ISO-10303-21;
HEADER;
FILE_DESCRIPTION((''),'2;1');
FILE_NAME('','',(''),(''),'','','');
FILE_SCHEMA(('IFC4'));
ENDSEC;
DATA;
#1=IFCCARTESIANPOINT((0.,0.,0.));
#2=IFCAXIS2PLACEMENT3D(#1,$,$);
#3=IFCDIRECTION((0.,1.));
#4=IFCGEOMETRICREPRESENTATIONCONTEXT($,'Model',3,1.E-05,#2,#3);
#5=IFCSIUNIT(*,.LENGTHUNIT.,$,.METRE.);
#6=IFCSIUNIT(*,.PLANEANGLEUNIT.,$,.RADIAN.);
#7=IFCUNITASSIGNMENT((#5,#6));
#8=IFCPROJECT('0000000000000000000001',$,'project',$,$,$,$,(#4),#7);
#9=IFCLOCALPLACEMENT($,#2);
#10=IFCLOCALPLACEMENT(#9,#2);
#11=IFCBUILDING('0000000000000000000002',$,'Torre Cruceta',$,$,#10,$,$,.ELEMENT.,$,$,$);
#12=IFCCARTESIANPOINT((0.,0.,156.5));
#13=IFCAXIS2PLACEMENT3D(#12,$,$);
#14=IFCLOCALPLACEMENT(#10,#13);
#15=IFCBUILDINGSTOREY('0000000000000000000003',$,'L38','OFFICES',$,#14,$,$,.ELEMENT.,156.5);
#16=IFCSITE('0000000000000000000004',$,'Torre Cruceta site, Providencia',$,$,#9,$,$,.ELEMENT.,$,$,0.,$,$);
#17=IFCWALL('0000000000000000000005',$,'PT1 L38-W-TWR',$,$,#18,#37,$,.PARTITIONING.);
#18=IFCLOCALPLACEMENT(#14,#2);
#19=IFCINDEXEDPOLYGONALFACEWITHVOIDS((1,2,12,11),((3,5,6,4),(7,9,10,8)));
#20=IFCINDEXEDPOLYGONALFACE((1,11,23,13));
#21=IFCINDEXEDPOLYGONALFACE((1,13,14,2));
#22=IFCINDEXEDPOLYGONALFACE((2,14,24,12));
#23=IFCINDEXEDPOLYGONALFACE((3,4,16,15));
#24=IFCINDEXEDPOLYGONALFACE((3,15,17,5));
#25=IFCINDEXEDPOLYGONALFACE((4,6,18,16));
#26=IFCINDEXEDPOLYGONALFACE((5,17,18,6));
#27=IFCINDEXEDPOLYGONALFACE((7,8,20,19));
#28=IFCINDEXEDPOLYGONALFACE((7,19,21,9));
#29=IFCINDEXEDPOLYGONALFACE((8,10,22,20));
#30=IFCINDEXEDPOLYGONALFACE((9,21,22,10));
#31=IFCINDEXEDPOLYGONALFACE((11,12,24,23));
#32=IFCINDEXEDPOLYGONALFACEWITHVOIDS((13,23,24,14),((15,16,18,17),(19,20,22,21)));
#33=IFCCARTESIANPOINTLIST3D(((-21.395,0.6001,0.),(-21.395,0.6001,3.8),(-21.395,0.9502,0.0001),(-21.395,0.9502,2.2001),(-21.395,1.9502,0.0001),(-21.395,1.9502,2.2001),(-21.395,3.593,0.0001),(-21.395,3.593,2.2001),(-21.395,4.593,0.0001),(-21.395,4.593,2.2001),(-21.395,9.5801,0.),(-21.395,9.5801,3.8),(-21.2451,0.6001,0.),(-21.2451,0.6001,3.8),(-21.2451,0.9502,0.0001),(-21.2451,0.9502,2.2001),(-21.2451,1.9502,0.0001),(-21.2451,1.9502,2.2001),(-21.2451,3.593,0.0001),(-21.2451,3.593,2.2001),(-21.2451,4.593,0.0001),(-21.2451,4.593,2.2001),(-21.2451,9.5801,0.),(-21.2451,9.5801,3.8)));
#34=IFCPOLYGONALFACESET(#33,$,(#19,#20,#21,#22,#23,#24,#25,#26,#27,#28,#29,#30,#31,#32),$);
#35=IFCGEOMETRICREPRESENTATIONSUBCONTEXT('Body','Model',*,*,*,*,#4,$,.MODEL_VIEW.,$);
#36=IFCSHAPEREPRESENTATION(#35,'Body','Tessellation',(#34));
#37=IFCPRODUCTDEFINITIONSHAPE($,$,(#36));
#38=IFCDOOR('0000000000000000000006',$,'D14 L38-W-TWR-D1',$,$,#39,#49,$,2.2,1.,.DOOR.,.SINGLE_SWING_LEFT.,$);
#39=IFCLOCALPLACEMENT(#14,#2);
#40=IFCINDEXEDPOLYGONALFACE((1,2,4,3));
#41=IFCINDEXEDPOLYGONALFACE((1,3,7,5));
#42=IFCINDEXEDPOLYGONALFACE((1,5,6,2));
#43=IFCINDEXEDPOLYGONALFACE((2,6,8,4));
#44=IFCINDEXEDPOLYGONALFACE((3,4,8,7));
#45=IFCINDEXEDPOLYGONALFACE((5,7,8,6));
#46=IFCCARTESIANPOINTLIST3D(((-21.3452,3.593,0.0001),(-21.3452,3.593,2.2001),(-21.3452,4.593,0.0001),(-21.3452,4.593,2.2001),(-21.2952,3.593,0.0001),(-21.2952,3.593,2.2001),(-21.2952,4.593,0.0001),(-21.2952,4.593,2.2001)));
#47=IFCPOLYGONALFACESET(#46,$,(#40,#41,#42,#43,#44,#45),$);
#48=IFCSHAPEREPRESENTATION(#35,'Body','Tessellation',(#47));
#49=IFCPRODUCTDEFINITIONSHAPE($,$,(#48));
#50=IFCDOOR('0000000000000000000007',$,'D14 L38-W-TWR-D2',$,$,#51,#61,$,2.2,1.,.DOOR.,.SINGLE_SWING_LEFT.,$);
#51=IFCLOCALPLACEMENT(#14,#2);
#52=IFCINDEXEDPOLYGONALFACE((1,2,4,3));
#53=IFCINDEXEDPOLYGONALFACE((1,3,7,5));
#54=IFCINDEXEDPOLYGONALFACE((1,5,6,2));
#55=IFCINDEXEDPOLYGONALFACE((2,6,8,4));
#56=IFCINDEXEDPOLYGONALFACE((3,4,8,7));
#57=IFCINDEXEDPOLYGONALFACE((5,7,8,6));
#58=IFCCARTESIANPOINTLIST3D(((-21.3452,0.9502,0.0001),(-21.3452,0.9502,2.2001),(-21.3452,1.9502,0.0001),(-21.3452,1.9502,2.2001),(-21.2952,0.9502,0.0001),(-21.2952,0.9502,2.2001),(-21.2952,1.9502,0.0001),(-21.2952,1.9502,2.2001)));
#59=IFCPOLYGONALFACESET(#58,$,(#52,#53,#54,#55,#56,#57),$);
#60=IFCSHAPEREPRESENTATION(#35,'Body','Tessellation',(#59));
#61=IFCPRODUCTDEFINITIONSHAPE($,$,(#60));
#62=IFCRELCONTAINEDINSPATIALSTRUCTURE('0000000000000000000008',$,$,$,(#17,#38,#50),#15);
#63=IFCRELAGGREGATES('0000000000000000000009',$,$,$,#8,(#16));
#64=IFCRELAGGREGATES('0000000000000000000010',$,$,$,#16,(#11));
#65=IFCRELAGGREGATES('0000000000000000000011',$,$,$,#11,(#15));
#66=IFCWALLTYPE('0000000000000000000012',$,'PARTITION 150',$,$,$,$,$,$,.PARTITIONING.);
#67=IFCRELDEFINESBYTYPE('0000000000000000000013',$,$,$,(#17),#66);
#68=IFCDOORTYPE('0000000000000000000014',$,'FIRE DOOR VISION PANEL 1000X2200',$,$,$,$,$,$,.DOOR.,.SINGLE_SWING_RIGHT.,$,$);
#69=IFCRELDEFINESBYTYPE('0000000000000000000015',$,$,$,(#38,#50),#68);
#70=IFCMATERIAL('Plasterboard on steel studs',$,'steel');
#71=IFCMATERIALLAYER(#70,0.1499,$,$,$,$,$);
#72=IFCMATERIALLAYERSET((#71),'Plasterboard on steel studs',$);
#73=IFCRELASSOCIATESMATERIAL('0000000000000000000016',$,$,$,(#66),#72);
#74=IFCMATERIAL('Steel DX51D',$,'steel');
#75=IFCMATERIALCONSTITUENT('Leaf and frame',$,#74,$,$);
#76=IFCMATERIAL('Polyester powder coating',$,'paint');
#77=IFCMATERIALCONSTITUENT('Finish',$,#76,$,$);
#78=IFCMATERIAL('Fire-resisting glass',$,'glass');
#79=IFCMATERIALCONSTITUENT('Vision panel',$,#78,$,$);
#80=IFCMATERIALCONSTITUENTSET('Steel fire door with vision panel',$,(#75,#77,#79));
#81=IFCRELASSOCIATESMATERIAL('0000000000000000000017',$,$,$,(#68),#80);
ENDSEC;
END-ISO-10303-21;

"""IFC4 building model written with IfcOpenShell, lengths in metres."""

from ifc_helpers import new_model, si_unit, direction, frame, frame_2d, origin, place, context, subcontext, project, spatial, rectangle, extrude, material, layer, layer_set, constituent, constituent_set, type_object, element, fill, save


model = new_model("IFC4")

# Units and contexts
model_context = context("Model", 3, precision=1e-05, world=origin(), true_north=direction((0.0, 1.0)))
body_context = subcontext(model_context, "Body", "Model", "MODEL_VIEW")
ifc_project = project(units=[si_unit("LENGTHUNIT", "METRE"), si_unit("PLANEANGLEUNIT", "RADIAN")], contexts=[model_context])

# Site, building, storey
site_placement = place(None, origin())
site = spatial("IfcSite", under=ifc_project, at=site_placement, Name="Torre Cruceta site, Providencia", CompositionType="ELEMENT", RefElevation=0.0)
building_placement = place(site_placement, origin())
building = spatial("IfcBuilding", under=site, at=building_placement, Name="Torre Cruceta", CompositionType="ELEMENT")
storey_placement = place(building_placement, frame((0.0, 0.0, 156.5)))
storey = spatial("IfcBuildingStorey", under=building, at=storey_placement, Name="L38", Description="OFFICES", CompositionType="ELEMENT", Elevation=156.5)

# Shared definitions
ifc_material_1 = material(Name="Plasterboard on steel studs", Category="steel")
ifc_layer_1 = layer(ifc_material_1, 0.1499)
ifc_layer_set_1 = layer_set([ifc_layer_1], Name="Plasterboard on steel studs")
wall_type_1 = type_object("IfcWallType", Name="PARTITION 150", PredefinedType="PARTITIONING", material=ifc_layer_set_1)
ifc_material_2 = material(Name="Steel DX51D", Category="steel")
ifc_constituent_1 = constituent(ifc_material_2, Name="Leaf and frame")
ifc_material_3 = material(Name="Polyester powder coating", Category="paint")
ifc_constituent_2 = constituent(ifc_material_3, Name="Finish")
ifc_material_4 = material(Name="Fire-resisting glass", Category="glass")
ifc_constituent_3 = constituent(ifc_material_4, Name="Vision panel")
ifc_constituent_set_1 = constituent_set(constituents=[ifc_constituent_1, ifc_constituent_2, ifc_constituent_3], Name="Steel fire door with vision panel")
door_type = type_object("IfcDoorType", Name="FIRE DOOR VISION PANEL 1000X2200", OperationType="SINGLE_SWING_RIGHT", PredefinedType="DOOR", material=ifc_constituent_set_1)

# Wall, openings, doors
wall_1_placement = place(storey_placement, frame((-21.3201, 9.5801, 0.0), z_axis=(0.0, 0.0, 1.0), x_axis=(0.0, -1.0, 0.0)))
wall_1 = element("IfcWall", 1, at=wall_1_placement, inside=storey, type_object=wall_type_1, Name="PT1 L38-W-TWR", PredefinedType="PARTITIONING", context=body_context, shape_type="SweptSolid", body=[
    extrude(rectangle(XDim=8.98, YDim=0.1499, at=frame_2d((4.49, 0.0))), origin(), (0.0, 0.0, 1.0), 3.8),
])
opening_1_placement = place(wall_1_placement, frame((4.9871, 0.0, 0.0)))
opening_1 = element("IfcOpeningElement", 2, at=opening_1_placement, cuts=wall_1, PredefinedType="OPENING", context=body_context, shape_type="SweptSolid", body=[
    extrude(rectangle(XDim=1.0, YDim=2.2, at=frame_2d((0.5, 1.1001))), frame((0.0, 0.085, 0.0), z_axis=(0.0, -1.0, 0.0), x_axis=(1.0, 0.0, 0.0)), (0.0, 0.0, 1.0), 0.1699),
])
opening_2_placement = place(wall_1_placement, frame((7.6299, 0.0, 0.0)))
opening_2 = element("IfcOpeningElement", 3, at=opening_2_placement, cuts=wall_1, PredefinedType="OPENING", context=body_context, shape_type="SweptSolid", body=[
    extrude(rectangle(XDim=1.0, YDim=2.2, at=frame_2d((0.5, 1.1001))), frame((0.0, 0.085, 0.0), z_axis=(0.0, -1.0, 0.0), x_axis=(1.0, 0.0, 0.0)), (0.0, 0.0, 1.0), 0.1699),
])
door_1_placement = place(opening_1_placement, frame((1.0, 0.0, 0.0), z_axis=(0.0, 0.0, 1.0), x_axis=(-1.0, 0.0, 0.0)))
door_1 = element("IfcDoor", 4, at=door_1_placement, inside=storey, type_object=door_type, Name="D14 L38-W-TWR-D1", OperationType="SINGLE_SWING_LEFT", OverallHeight=2.2, OverallWidth=1.0, PredefinedType="DOOR", context=body_context, shape_type="SweptSolid", body=[
    extrude(rectangle(XDim=1.0, YDim=2.2, at=frame_2d((0.5, 1.1001))), frame((0.0, 0.0251, 0.0), z_axis=(0.0, -1.0, 0.0), x_axis=(1.0, 0.0, 0.0)), (0.0, 0.0, 1.0), 0.05),
])
fill(opening_1, door_1)
door_2_placement = place(opening_2_placement, frame((1.0, 0.0, 0.0), z_axis=(0.0, 0.0, 1.0), x_axis=(-1.0, 0.0, 0.0)))
door_2 = element("IfcDoor", 5, at=door_2_placement, inside=storey, type_object=door_type, Name="D14 L38-W-TWR-D2", OperationType="SINGLE_SWING_LEFT", OverallHeight=2.2, OverallWidth=1.0, PredefinedType="DOOR", context=body_context, shape_type="SweptSolid", body=[
    extrude(rectangle(XDim=1.0, YDim=2.2, at=frame_2d((0.5, 1.1001))), frame((0.0, 0.0251, 0.0), z_axis=(0.0, -1.0, 0.0), x_axis=(1.0, 0.0, 0.0)), (0.0, 0.0, 1.0), 0.05),
])
fill(opening_2, door_2)

save(model, "model.ifc")
